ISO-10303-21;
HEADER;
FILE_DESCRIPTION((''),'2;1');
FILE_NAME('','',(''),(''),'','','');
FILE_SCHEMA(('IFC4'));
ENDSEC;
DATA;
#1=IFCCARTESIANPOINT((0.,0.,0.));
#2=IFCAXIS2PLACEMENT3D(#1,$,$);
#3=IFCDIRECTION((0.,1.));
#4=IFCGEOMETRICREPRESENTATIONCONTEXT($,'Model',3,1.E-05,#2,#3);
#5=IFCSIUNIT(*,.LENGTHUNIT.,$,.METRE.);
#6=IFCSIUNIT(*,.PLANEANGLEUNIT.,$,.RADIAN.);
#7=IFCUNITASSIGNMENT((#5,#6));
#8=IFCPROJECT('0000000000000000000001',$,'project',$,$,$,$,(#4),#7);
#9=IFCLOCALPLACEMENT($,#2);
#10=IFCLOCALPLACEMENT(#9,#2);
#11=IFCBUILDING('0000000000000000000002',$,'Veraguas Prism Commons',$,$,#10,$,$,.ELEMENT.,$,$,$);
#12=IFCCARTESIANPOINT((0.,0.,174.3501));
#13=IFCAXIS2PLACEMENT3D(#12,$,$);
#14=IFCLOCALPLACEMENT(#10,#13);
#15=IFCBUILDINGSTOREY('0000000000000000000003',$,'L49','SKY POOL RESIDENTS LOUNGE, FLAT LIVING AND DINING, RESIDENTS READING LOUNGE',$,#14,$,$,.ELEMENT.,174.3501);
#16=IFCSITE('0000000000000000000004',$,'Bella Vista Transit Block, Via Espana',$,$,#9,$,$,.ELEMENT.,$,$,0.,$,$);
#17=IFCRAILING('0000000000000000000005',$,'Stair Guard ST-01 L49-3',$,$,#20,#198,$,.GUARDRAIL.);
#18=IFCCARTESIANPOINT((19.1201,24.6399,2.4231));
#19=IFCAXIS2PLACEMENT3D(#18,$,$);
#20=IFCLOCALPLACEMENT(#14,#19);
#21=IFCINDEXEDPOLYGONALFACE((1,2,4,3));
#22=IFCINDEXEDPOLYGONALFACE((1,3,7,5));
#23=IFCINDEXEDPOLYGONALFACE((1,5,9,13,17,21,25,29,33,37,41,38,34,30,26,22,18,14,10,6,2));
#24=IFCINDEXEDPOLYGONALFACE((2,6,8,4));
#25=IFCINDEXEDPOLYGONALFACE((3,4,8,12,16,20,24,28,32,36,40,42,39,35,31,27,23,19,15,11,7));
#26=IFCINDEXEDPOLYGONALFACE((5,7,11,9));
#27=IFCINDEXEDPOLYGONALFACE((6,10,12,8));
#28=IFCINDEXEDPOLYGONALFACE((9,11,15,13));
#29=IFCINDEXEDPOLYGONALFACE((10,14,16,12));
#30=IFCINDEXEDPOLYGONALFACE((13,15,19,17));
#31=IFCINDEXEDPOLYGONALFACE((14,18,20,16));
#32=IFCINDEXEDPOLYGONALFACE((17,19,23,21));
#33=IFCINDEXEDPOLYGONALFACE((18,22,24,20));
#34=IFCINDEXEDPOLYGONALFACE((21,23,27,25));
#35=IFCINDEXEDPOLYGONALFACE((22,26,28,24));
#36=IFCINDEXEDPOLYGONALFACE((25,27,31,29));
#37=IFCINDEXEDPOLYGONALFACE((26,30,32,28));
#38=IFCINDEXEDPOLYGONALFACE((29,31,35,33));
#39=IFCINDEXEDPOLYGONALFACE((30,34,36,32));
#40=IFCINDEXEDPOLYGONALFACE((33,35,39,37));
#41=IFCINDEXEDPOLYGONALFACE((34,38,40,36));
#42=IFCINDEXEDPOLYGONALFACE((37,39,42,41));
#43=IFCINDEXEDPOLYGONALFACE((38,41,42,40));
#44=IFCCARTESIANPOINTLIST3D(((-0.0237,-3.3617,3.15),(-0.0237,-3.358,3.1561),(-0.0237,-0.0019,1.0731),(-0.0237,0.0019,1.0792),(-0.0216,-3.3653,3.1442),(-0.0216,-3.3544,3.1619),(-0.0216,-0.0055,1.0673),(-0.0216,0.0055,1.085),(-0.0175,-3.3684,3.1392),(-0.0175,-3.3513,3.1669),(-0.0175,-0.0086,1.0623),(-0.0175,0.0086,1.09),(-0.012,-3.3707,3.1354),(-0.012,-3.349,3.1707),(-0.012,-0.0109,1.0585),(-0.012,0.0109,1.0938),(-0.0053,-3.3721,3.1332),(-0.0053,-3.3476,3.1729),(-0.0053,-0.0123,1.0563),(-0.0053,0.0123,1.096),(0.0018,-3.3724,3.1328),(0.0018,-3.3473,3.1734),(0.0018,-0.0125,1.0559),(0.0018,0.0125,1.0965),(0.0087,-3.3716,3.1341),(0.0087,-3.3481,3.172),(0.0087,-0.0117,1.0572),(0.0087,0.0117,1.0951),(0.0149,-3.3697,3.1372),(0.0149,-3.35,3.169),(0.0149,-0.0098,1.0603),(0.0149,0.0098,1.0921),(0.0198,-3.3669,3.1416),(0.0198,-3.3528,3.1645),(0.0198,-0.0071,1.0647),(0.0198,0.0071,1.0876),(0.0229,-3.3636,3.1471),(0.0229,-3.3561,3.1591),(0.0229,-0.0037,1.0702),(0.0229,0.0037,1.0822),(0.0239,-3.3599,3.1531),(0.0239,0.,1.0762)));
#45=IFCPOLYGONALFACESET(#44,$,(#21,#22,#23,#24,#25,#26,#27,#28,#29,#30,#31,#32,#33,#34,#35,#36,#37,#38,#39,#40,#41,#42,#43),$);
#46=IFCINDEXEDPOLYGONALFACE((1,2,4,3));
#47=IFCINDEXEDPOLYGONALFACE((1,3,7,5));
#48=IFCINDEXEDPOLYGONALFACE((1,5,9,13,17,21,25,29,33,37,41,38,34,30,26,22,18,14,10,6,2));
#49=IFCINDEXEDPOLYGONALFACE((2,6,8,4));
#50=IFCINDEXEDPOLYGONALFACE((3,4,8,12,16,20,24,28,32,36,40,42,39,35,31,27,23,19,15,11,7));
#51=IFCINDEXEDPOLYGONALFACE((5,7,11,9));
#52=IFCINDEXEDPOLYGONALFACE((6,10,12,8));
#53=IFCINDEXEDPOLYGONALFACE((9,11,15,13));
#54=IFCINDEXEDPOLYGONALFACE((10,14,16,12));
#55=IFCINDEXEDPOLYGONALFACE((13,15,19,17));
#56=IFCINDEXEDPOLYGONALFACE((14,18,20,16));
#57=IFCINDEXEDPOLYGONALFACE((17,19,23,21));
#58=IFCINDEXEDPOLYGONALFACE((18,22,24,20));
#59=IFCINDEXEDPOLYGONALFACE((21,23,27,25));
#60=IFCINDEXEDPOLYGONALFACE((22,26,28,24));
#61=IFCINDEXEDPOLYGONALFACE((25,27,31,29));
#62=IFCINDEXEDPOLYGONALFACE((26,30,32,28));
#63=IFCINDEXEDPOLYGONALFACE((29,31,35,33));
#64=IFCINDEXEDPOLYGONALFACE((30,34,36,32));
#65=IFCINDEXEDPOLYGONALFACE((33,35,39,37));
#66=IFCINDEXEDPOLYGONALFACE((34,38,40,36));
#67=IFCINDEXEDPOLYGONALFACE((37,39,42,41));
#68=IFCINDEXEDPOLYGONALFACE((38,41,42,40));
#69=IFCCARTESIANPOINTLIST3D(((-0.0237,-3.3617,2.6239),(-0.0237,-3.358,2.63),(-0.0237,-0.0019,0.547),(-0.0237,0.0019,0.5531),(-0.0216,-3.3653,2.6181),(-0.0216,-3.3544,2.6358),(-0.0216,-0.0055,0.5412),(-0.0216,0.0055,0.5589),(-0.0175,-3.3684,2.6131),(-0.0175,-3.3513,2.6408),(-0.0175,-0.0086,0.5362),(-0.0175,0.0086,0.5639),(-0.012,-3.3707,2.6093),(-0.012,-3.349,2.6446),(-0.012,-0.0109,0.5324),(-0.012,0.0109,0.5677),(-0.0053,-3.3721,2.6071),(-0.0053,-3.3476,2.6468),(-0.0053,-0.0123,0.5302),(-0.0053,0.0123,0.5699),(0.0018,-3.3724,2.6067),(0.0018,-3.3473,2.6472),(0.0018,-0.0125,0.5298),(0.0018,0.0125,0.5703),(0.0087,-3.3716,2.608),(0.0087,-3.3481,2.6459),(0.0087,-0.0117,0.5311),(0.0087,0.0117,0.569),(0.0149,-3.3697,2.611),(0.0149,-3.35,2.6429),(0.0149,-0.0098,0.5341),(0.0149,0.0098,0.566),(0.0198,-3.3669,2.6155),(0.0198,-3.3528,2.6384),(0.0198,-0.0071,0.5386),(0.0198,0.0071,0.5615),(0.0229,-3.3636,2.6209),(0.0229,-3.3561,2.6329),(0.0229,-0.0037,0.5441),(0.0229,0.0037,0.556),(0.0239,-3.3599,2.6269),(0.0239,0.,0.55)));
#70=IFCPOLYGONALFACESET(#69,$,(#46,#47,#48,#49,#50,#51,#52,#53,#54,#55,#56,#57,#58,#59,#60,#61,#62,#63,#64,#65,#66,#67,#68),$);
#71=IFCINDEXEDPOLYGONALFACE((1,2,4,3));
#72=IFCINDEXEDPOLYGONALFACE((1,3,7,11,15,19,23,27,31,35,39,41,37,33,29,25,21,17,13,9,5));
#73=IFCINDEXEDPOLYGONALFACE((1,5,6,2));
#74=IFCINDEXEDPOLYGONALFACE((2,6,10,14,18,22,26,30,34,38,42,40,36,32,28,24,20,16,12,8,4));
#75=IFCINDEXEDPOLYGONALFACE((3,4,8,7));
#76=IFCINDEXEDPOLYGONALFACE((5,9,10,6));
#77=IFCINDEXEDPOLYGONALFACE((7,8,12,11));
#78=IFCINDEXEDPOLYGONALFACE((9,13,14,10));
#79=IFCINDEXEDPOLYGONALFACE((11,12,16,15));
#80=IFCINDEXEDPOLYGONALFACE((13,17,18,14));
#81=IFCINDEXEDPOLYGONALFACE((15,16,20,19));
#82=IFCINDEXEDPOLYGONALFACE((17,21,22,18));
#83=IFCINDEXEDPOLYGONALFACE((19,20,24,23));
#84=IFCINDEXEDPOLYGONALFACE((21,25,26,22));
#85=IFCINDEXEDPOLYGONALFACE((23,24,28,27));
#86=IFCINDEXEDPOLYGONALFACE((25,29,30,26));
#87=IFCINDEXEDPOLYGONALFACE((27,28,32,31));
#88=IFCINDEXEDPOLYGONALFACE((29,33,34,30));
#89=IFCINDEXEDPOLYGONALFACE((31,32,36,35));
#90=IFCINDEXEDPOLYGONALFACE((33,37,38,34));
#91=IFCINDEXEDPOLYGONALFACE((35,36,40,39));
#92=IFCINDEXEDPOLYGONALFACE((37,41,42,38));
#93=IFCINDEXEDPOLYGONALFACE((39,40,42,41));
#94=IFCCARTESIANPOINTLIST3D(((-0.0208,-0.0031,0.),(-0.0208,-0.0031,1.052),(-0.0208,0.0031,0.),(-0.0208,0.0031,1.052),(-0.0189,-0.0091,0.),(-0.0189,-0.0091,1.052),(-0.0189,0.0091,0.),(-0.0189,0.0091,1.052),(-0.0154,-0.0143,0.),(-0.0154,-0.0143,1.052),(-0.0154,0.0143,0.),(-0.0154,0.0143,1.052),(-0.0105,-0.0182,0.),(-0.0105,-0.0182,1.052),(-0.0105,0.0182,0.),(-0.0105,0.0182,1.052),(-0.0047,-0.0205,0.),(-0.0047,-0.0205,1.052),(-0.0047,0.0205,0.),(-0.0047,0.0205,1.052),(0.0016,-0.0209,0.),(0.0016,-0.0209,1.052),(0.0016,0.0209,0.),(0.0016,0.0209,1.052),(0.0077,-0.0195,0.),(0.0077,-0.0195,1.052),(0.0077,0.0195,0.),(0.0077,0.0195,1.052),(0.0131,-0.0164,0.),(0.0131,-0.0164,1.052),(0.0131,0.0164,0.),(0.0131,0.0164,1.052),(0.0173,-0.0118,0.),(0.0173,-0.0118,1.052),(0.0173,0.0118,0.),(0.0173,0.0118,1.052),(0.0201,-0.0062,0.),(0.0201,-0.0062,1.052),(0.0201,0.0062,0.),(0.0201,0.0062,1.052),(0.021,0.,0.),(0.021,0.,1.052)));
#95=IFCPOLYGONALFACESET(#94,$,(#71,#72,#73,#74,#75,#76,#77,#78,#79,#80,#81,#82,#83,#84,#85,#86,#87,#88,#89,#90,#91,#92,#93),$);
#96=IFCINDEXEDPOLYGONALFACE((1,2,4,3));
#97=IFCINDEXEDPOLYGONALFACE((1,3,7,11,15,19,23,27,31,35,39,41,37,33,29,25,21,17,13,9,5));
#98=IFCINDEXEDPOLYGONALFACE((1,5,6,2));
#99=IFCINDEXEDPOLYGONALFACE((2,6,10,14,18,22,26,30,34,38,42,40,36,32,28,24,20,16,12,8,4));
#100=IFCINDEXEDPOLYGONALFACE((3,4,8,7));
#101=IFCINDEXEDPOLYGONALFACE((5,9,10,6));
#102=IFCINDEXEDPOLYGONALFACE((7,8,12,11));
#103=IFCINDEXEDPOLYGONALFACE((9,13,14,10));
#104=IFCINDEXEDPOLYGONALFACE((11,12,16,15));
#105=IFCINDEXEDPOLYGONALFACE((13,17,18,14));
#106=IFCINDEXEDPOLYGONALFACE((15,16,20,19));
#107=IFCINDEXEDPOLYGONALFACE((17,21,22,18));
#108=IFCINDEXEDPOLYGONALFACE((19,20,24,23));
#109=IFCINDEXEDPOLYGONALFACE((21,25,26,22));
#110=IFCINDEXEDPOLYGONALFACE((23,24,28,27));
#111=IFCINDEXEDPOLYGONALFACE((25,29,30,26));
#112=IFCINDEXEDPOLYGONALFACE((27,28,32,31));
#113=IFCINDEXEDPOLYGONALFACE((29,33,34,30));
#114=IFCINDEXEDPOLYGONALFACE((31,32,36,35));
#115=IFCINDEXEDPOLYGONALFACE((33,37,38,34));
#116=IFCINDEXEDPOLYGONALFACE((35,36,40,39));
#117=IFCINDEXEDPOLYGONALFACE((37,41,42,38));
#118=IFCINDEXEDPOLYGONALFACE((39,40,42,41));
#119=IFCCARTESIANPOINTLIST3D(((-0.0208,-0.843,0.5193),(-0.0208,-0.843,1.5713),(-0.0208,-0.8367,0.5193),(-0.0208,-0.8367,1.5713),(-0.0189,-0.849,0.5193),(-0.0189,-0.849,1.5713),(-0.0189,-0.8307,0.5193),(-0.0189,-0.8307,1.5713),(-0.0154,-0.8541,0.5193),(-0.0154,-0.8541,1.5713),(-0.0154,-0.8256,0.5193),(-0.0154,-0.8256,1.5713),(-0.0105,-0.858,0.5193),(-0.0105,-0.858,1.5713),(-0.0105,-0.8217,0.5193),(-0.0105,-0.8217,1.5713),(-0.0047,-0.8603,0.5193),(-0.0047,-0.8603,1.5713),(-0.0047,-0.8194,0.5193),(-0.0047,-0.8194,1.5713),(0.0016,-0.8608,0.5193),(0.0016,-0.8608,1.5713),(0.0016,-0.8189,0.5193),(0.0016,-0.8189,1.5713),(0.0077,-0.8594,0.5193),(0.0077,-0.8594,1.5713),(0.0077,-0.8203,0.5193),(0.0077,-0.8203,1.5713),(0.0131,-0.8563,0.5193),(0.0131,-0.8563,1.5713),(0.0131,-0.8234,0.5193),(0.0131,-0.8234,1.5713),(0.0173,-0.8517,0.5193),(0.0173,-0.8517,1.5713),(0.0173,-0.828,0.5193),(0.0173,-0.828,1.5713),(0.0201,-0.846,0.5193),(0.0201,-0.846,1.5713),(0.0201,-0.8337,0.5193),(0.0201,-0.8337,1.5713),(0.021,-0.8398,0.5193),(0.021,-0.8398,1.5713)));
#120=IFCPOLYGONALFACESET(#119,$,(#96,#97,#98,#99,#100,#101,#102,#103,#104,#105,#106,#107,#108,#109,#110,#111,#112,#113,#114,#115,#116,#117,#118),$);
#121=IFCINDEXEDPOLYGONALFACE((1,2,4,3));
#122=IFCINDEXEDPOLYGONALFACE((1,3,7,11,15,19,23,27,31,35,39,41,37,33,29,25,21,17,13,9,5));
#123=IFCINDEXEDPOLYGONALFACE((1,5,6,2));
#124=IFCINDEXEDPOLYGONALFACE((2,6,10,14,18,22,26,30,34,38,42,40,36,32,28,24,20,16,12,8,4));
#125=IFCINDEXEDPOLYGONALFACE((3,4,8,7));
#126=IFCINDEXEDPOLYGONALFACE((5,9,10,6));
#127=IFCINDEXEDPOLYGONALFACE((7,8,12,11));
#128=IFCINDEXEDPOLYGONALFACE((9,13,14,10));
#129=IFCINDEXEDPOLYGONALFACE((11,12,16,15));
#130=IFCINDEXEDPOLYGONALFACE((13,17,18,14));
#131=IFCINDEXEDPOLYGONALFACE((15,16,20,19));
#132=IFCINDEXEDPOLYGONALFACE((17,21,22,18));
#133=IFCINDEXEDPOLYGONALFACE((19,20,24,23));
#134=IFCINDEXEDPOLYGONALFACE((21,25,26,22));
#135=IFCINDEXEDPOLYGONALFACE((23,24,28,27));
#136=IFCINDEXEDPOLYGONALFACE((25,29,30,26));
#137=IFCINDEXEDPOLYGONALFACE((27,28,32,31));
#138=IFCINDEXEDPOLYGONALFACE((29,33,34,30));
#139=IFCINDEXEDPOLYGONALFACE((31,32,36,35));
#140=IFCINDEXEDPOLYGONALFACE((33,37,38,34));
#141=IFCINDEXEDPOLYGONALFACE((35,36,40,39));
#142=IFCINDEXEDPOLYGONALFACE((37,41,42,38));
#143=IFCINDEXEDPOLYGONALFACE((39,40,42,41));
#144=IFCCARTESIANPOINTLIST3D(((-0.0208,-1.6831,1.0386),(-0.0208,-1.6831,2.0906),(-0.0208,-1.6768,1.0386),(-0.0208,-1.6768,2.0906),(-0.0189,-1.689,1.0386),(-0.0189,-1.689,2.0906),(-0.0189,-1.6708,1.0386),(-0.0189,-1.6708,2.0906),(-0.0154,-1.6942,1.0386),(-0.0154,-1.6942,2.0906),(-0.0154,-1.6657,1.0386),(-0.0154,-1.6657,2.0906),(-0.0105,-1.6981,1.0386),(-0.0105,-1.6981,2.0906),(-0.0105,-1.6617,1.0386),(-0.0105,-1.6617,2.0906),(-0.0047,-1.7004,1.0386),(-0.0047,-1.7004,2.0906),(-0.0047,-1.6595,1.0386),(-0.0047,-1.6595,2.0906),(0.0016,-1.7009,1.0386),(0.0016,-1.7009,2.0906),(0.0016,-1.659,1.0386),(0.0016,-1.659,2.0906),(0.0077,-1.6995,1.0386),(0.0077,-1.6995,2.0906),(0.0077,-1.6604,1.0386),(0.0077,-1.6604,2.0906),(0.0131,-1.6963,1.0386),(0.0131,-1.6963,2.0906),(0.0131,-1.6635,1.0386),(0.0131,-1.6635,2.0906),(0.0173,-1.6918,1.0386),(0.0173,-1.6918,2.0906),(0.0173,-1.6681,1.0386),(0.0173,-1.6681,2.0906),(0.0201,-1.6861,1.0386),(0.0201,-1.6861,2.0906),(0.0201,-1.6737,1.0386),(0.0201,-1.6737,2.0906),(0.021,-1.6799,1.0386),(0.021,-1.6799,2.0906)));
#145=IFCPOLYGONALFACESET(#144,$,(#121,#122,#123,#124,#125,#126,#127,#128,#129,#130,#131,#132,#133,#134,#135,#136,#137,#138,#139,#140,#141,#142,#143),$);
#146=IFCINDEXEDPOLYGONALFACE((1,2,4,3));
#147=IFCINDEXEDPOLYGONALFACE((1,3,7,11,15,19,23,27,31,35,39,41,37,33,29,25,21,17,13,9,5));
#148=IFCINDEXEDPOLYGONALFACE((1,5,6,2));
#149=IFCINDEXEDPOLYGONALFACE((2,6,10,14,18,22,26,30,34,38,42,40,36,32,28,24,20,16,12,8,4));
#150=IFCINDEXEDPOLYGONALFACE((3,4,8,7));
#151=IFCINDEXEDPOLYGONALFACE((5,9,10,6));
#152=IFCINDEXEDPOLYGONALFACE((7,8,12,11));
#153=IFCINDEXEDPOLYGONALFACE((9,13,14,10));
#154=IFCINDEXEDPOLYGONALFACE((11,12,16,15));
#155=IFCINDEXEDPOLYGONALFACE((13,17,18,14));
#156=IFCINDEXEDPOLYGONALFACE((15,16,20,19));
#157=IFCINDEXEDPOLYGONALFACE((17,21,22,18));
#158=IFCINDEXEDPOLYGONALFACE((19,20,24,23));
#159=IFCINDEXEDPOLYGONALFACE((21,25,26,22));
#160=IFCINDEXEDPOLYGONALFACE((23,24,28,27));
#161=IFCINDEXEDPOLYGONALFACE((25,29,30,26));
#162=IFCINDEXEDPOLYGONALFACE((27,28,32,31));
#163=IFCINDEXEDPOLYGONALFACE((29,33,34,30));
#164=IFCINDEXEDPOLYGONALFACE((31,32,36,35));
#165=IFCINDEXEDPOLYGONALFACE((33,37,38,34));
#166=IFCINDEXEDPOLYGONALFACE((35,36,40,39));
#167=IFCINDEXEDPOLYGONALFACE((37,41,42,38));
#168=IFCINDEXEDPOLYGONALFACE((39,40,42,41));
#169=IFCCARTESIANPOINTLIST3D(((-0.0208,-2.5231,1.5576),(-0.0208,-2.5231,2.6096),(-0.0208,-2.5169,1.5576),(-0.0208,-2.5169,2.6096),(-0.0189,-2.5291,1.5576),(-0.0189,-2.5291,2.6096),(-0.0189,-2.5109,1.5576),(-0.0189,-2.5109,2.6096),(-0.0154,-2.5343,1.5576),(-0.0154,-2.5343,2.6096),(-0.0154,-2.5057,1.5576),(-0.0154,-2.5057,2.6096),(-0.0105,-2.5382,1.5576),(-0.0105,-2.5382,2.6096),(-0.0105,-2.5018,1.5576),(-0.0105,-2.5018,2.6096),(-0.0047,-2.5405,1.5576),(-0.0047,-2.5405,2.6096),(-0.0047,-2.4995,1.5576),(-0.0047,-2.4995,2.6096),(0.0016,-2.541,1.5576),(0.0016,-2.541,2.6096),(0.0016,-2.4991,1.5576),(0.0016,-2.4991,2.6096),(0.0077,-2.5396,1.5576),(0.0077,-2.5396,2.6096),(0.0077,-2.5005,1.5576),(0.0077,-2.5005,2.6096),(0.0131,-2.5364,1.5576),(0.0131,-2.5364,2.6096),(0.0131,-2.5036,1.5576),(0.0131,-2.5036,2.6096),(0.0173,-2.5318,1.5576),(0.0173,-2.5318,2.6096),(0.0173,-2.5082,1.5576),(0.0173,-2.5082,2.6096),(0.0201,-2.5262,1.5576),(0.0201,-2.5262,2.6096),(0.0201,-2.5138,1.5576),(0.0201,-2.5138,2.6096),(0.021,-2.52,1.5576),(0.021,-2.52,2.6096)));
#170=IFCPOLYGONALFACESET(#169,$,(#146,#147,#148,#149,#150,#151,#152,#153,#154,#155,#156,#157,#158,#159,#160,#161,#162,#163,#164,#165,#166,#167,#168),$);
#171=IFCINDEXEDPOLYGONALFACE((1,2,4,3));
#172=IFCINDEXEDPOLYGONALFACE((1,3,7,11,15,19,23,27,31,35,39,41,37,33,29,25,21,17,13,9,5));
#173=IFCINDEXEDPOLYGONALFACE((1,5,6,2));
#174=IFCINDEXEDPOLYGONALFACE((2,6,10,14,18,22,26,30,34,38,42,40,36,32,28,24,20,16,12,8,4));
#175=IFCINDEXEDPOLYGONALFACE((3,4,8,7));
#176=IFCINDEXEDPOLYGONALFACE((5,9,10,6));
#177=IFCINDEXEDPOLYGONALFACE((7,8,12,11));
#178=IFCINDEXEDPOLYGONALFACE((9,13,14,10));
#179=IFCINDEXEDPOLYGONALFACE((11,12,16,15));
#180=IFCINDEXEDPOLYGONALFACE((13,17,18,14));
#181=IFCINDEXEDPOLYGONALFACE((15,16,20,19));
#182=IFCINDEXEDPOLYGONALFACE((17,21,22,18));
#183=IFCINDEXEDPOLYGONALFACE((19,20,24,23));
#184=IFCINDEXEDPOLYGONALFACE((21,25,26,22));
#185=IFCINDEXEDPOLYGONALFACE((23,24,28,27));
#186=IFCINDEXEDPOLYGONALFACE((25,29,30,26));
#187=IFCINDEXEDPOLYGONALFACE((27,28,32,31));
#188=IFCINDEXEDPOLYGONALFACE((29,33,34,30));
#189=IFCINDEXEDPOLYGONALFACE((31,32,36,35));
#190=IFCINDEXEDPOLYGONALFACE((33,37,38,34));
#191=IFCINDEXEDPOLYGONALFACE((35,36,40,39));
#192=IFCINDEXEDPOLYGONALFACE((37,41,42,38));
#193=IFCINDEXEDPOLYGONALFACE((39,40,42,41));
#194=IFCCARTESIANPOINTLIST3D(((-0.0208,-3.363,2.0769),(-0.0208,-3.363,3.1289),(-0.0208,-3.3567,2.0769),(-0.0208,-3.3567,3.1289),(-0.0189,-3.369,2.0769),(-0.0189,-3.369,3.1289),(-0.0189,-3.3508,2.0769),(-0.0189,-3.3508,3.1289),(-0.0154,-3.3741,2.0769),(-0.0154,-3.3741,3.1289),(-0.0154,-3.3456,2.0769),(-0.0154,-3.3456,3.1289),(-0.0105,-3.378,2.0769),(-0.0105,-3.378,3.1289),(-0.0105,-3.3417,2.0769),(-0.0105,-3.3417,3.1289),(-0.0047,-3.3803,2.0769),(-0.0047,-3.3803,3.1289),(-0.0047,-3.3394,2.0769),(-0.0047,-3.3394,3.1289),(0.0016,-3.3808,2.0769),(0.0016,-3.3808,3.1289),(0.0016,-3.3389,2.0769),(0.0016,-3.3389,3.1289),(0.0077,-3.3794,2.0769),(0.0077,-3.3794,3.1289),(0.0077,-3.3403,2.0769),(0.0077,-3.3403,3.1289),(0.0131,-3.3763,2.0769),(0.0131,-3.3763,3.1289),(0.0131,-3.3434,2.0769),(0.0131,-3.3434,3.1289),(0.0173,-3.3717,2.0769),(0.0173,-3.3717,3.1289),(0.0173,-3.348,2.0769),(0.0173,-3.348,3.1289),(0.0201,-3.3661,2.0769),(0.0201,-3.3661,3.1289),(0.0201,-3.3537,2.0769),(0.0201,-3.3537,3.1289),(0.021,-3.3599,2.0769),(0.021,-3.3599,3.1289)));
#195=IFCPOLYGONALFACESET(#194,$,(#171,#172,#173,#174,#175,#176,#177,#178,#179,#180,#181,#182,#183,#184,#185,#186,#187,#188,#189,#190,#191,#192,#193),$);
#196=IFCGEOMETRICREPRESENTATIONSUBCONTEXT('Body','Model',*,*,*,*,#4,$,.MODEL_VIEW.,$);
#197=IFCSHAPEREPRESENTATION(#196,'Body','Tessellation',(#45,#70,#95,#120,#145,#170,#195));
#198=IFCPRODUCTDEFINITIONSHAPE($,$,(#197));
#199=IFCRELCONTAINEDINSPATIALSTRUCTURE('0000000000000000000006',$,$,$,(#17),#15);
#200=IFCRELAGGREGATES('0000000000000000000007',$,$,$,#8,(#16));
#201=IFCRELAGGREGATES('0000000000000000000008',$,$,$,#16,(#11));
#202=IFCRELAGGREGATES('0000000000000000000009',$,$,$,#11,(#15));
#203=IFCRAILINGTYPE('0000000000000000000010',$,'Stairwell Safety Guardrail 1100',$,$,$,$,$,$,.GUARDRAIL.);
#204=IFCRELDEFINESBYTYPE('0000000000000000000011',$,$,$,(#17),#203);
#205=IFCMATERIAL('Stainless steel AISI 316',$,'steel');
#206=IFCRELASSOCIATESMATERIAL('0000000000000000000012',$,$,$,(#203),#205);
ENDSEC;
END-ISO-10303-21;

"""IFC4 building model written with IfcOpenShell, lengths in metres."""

from ifc_helpers import new_model, si_unit, direction, frame, origin, origin_2d, place, context, subcontext, project, spatial, circle, extrude, material, type_object, element, save


model = new_model("IFC4")

# Units and contexts
model_context = context("Model", 3, precision=1e-05, world=origin(), true_north=direction((0.0, 1.0)))
body_context = subcontext(model_context, "Body", "Model", "MODEL_VIEW")
ifc_project = project(units=[si_unit("LENGTHUNIT", "METRE"), si_unit("PLANEANGLEUNIT", "RADIAN")], contexts=[model_context])

# Site, building, storey
site_placement = place(None, origin())
site = spatial("IfcSite", under=ifc_project, at=site_placement, Name="Bella Vista Transit Block, Via Espana", CompositionType="ELEMENT", RefElevation=0.0)
building_placement = place(site_placement, origin())
building = spatial("IfcBuilding", under=site, at=building_placement, Name="Veraguas Prism Commons", CompositionType="ELEMENT")
storey_placement = place(building_placement, frame((0.0, 0.0, 174.3501)))
storey = spatial("IfcBuildingStorey", under=building, at=storey_placement, Name="L49", Description="SKY POOL RESIDENTS LOUNGE, FLAT LIVING AND DINING, RESIDENTS READING LOUNGE", CompositionType="ELEMENT", Elevation=174.3501)

# Railing
ifc_material_1 = material(Name="Stainless steel AISI 316", Category="steel")
railing_type_1 = type_object("IfcRailingType", Name="Stairwell Safety Guardrail 1100", PredefinedType="GUARDRAIL", material=ifc_material_1)
railing_1_placement = place(storey_placement, frame((19.1201, 24.6399, 2.4231)))
element("IfcRailing", 1, at=railing_1_placement, inside=storey, type_object=railing_type_1, Name="Stair Guard ST-01 L49-3", PredefinedType="GUARDRAIL", context=body_context, shape_type="SweptSolid", body=[
    extrude(circle(Radius=0.0239, at=origin_2d()), frame((0.0, 0.0, 1.0762), z_axis=(0.0, -0.850606, 0.525803), x_axis=(1.0, 0.0, 0.0)), (0.0, 0.0, 1.0), 3.95),
    extrude(circle(Radius=0.0239, at=origin_2d()), frame((0.0, 0.0, 0.55), z_axis=(0.0, -0.850606, 0.525803), x_axis=(1.0, 0.0, 0.0)), (0.0, 0.0, 1.0), 3.95),
    extrude(circle(Radius=0.021, at=origin_2d()), origin(), (0.0, 0.0, 1.0), 1.052),
    extrude(circle(Radius=0.021, at=origin_2d()), frame((0.0, -0.8398, 0.5193)), (0.0, 0.0, 1.0), 1.052),
    extrude(circle(Radius=0.021, at=origin_2d()), frame((0.0, -1.6799, 1.0386)), (0.0, 0.0, 1.0), 1.052),
    extrude(circle(Radius=0.021, at=origin_2d()), frame((0.0, -2.52, 1.5576)), (0.0, 0.0, 1.0), 1.052),
    extrude(circle(Radius=0.021, at=origin_2d()), frame((0.0, -3.3599, 2.0769)), (0.0, 0.0, 1.0), 1.052),
])

save(model, "model.ifc")
